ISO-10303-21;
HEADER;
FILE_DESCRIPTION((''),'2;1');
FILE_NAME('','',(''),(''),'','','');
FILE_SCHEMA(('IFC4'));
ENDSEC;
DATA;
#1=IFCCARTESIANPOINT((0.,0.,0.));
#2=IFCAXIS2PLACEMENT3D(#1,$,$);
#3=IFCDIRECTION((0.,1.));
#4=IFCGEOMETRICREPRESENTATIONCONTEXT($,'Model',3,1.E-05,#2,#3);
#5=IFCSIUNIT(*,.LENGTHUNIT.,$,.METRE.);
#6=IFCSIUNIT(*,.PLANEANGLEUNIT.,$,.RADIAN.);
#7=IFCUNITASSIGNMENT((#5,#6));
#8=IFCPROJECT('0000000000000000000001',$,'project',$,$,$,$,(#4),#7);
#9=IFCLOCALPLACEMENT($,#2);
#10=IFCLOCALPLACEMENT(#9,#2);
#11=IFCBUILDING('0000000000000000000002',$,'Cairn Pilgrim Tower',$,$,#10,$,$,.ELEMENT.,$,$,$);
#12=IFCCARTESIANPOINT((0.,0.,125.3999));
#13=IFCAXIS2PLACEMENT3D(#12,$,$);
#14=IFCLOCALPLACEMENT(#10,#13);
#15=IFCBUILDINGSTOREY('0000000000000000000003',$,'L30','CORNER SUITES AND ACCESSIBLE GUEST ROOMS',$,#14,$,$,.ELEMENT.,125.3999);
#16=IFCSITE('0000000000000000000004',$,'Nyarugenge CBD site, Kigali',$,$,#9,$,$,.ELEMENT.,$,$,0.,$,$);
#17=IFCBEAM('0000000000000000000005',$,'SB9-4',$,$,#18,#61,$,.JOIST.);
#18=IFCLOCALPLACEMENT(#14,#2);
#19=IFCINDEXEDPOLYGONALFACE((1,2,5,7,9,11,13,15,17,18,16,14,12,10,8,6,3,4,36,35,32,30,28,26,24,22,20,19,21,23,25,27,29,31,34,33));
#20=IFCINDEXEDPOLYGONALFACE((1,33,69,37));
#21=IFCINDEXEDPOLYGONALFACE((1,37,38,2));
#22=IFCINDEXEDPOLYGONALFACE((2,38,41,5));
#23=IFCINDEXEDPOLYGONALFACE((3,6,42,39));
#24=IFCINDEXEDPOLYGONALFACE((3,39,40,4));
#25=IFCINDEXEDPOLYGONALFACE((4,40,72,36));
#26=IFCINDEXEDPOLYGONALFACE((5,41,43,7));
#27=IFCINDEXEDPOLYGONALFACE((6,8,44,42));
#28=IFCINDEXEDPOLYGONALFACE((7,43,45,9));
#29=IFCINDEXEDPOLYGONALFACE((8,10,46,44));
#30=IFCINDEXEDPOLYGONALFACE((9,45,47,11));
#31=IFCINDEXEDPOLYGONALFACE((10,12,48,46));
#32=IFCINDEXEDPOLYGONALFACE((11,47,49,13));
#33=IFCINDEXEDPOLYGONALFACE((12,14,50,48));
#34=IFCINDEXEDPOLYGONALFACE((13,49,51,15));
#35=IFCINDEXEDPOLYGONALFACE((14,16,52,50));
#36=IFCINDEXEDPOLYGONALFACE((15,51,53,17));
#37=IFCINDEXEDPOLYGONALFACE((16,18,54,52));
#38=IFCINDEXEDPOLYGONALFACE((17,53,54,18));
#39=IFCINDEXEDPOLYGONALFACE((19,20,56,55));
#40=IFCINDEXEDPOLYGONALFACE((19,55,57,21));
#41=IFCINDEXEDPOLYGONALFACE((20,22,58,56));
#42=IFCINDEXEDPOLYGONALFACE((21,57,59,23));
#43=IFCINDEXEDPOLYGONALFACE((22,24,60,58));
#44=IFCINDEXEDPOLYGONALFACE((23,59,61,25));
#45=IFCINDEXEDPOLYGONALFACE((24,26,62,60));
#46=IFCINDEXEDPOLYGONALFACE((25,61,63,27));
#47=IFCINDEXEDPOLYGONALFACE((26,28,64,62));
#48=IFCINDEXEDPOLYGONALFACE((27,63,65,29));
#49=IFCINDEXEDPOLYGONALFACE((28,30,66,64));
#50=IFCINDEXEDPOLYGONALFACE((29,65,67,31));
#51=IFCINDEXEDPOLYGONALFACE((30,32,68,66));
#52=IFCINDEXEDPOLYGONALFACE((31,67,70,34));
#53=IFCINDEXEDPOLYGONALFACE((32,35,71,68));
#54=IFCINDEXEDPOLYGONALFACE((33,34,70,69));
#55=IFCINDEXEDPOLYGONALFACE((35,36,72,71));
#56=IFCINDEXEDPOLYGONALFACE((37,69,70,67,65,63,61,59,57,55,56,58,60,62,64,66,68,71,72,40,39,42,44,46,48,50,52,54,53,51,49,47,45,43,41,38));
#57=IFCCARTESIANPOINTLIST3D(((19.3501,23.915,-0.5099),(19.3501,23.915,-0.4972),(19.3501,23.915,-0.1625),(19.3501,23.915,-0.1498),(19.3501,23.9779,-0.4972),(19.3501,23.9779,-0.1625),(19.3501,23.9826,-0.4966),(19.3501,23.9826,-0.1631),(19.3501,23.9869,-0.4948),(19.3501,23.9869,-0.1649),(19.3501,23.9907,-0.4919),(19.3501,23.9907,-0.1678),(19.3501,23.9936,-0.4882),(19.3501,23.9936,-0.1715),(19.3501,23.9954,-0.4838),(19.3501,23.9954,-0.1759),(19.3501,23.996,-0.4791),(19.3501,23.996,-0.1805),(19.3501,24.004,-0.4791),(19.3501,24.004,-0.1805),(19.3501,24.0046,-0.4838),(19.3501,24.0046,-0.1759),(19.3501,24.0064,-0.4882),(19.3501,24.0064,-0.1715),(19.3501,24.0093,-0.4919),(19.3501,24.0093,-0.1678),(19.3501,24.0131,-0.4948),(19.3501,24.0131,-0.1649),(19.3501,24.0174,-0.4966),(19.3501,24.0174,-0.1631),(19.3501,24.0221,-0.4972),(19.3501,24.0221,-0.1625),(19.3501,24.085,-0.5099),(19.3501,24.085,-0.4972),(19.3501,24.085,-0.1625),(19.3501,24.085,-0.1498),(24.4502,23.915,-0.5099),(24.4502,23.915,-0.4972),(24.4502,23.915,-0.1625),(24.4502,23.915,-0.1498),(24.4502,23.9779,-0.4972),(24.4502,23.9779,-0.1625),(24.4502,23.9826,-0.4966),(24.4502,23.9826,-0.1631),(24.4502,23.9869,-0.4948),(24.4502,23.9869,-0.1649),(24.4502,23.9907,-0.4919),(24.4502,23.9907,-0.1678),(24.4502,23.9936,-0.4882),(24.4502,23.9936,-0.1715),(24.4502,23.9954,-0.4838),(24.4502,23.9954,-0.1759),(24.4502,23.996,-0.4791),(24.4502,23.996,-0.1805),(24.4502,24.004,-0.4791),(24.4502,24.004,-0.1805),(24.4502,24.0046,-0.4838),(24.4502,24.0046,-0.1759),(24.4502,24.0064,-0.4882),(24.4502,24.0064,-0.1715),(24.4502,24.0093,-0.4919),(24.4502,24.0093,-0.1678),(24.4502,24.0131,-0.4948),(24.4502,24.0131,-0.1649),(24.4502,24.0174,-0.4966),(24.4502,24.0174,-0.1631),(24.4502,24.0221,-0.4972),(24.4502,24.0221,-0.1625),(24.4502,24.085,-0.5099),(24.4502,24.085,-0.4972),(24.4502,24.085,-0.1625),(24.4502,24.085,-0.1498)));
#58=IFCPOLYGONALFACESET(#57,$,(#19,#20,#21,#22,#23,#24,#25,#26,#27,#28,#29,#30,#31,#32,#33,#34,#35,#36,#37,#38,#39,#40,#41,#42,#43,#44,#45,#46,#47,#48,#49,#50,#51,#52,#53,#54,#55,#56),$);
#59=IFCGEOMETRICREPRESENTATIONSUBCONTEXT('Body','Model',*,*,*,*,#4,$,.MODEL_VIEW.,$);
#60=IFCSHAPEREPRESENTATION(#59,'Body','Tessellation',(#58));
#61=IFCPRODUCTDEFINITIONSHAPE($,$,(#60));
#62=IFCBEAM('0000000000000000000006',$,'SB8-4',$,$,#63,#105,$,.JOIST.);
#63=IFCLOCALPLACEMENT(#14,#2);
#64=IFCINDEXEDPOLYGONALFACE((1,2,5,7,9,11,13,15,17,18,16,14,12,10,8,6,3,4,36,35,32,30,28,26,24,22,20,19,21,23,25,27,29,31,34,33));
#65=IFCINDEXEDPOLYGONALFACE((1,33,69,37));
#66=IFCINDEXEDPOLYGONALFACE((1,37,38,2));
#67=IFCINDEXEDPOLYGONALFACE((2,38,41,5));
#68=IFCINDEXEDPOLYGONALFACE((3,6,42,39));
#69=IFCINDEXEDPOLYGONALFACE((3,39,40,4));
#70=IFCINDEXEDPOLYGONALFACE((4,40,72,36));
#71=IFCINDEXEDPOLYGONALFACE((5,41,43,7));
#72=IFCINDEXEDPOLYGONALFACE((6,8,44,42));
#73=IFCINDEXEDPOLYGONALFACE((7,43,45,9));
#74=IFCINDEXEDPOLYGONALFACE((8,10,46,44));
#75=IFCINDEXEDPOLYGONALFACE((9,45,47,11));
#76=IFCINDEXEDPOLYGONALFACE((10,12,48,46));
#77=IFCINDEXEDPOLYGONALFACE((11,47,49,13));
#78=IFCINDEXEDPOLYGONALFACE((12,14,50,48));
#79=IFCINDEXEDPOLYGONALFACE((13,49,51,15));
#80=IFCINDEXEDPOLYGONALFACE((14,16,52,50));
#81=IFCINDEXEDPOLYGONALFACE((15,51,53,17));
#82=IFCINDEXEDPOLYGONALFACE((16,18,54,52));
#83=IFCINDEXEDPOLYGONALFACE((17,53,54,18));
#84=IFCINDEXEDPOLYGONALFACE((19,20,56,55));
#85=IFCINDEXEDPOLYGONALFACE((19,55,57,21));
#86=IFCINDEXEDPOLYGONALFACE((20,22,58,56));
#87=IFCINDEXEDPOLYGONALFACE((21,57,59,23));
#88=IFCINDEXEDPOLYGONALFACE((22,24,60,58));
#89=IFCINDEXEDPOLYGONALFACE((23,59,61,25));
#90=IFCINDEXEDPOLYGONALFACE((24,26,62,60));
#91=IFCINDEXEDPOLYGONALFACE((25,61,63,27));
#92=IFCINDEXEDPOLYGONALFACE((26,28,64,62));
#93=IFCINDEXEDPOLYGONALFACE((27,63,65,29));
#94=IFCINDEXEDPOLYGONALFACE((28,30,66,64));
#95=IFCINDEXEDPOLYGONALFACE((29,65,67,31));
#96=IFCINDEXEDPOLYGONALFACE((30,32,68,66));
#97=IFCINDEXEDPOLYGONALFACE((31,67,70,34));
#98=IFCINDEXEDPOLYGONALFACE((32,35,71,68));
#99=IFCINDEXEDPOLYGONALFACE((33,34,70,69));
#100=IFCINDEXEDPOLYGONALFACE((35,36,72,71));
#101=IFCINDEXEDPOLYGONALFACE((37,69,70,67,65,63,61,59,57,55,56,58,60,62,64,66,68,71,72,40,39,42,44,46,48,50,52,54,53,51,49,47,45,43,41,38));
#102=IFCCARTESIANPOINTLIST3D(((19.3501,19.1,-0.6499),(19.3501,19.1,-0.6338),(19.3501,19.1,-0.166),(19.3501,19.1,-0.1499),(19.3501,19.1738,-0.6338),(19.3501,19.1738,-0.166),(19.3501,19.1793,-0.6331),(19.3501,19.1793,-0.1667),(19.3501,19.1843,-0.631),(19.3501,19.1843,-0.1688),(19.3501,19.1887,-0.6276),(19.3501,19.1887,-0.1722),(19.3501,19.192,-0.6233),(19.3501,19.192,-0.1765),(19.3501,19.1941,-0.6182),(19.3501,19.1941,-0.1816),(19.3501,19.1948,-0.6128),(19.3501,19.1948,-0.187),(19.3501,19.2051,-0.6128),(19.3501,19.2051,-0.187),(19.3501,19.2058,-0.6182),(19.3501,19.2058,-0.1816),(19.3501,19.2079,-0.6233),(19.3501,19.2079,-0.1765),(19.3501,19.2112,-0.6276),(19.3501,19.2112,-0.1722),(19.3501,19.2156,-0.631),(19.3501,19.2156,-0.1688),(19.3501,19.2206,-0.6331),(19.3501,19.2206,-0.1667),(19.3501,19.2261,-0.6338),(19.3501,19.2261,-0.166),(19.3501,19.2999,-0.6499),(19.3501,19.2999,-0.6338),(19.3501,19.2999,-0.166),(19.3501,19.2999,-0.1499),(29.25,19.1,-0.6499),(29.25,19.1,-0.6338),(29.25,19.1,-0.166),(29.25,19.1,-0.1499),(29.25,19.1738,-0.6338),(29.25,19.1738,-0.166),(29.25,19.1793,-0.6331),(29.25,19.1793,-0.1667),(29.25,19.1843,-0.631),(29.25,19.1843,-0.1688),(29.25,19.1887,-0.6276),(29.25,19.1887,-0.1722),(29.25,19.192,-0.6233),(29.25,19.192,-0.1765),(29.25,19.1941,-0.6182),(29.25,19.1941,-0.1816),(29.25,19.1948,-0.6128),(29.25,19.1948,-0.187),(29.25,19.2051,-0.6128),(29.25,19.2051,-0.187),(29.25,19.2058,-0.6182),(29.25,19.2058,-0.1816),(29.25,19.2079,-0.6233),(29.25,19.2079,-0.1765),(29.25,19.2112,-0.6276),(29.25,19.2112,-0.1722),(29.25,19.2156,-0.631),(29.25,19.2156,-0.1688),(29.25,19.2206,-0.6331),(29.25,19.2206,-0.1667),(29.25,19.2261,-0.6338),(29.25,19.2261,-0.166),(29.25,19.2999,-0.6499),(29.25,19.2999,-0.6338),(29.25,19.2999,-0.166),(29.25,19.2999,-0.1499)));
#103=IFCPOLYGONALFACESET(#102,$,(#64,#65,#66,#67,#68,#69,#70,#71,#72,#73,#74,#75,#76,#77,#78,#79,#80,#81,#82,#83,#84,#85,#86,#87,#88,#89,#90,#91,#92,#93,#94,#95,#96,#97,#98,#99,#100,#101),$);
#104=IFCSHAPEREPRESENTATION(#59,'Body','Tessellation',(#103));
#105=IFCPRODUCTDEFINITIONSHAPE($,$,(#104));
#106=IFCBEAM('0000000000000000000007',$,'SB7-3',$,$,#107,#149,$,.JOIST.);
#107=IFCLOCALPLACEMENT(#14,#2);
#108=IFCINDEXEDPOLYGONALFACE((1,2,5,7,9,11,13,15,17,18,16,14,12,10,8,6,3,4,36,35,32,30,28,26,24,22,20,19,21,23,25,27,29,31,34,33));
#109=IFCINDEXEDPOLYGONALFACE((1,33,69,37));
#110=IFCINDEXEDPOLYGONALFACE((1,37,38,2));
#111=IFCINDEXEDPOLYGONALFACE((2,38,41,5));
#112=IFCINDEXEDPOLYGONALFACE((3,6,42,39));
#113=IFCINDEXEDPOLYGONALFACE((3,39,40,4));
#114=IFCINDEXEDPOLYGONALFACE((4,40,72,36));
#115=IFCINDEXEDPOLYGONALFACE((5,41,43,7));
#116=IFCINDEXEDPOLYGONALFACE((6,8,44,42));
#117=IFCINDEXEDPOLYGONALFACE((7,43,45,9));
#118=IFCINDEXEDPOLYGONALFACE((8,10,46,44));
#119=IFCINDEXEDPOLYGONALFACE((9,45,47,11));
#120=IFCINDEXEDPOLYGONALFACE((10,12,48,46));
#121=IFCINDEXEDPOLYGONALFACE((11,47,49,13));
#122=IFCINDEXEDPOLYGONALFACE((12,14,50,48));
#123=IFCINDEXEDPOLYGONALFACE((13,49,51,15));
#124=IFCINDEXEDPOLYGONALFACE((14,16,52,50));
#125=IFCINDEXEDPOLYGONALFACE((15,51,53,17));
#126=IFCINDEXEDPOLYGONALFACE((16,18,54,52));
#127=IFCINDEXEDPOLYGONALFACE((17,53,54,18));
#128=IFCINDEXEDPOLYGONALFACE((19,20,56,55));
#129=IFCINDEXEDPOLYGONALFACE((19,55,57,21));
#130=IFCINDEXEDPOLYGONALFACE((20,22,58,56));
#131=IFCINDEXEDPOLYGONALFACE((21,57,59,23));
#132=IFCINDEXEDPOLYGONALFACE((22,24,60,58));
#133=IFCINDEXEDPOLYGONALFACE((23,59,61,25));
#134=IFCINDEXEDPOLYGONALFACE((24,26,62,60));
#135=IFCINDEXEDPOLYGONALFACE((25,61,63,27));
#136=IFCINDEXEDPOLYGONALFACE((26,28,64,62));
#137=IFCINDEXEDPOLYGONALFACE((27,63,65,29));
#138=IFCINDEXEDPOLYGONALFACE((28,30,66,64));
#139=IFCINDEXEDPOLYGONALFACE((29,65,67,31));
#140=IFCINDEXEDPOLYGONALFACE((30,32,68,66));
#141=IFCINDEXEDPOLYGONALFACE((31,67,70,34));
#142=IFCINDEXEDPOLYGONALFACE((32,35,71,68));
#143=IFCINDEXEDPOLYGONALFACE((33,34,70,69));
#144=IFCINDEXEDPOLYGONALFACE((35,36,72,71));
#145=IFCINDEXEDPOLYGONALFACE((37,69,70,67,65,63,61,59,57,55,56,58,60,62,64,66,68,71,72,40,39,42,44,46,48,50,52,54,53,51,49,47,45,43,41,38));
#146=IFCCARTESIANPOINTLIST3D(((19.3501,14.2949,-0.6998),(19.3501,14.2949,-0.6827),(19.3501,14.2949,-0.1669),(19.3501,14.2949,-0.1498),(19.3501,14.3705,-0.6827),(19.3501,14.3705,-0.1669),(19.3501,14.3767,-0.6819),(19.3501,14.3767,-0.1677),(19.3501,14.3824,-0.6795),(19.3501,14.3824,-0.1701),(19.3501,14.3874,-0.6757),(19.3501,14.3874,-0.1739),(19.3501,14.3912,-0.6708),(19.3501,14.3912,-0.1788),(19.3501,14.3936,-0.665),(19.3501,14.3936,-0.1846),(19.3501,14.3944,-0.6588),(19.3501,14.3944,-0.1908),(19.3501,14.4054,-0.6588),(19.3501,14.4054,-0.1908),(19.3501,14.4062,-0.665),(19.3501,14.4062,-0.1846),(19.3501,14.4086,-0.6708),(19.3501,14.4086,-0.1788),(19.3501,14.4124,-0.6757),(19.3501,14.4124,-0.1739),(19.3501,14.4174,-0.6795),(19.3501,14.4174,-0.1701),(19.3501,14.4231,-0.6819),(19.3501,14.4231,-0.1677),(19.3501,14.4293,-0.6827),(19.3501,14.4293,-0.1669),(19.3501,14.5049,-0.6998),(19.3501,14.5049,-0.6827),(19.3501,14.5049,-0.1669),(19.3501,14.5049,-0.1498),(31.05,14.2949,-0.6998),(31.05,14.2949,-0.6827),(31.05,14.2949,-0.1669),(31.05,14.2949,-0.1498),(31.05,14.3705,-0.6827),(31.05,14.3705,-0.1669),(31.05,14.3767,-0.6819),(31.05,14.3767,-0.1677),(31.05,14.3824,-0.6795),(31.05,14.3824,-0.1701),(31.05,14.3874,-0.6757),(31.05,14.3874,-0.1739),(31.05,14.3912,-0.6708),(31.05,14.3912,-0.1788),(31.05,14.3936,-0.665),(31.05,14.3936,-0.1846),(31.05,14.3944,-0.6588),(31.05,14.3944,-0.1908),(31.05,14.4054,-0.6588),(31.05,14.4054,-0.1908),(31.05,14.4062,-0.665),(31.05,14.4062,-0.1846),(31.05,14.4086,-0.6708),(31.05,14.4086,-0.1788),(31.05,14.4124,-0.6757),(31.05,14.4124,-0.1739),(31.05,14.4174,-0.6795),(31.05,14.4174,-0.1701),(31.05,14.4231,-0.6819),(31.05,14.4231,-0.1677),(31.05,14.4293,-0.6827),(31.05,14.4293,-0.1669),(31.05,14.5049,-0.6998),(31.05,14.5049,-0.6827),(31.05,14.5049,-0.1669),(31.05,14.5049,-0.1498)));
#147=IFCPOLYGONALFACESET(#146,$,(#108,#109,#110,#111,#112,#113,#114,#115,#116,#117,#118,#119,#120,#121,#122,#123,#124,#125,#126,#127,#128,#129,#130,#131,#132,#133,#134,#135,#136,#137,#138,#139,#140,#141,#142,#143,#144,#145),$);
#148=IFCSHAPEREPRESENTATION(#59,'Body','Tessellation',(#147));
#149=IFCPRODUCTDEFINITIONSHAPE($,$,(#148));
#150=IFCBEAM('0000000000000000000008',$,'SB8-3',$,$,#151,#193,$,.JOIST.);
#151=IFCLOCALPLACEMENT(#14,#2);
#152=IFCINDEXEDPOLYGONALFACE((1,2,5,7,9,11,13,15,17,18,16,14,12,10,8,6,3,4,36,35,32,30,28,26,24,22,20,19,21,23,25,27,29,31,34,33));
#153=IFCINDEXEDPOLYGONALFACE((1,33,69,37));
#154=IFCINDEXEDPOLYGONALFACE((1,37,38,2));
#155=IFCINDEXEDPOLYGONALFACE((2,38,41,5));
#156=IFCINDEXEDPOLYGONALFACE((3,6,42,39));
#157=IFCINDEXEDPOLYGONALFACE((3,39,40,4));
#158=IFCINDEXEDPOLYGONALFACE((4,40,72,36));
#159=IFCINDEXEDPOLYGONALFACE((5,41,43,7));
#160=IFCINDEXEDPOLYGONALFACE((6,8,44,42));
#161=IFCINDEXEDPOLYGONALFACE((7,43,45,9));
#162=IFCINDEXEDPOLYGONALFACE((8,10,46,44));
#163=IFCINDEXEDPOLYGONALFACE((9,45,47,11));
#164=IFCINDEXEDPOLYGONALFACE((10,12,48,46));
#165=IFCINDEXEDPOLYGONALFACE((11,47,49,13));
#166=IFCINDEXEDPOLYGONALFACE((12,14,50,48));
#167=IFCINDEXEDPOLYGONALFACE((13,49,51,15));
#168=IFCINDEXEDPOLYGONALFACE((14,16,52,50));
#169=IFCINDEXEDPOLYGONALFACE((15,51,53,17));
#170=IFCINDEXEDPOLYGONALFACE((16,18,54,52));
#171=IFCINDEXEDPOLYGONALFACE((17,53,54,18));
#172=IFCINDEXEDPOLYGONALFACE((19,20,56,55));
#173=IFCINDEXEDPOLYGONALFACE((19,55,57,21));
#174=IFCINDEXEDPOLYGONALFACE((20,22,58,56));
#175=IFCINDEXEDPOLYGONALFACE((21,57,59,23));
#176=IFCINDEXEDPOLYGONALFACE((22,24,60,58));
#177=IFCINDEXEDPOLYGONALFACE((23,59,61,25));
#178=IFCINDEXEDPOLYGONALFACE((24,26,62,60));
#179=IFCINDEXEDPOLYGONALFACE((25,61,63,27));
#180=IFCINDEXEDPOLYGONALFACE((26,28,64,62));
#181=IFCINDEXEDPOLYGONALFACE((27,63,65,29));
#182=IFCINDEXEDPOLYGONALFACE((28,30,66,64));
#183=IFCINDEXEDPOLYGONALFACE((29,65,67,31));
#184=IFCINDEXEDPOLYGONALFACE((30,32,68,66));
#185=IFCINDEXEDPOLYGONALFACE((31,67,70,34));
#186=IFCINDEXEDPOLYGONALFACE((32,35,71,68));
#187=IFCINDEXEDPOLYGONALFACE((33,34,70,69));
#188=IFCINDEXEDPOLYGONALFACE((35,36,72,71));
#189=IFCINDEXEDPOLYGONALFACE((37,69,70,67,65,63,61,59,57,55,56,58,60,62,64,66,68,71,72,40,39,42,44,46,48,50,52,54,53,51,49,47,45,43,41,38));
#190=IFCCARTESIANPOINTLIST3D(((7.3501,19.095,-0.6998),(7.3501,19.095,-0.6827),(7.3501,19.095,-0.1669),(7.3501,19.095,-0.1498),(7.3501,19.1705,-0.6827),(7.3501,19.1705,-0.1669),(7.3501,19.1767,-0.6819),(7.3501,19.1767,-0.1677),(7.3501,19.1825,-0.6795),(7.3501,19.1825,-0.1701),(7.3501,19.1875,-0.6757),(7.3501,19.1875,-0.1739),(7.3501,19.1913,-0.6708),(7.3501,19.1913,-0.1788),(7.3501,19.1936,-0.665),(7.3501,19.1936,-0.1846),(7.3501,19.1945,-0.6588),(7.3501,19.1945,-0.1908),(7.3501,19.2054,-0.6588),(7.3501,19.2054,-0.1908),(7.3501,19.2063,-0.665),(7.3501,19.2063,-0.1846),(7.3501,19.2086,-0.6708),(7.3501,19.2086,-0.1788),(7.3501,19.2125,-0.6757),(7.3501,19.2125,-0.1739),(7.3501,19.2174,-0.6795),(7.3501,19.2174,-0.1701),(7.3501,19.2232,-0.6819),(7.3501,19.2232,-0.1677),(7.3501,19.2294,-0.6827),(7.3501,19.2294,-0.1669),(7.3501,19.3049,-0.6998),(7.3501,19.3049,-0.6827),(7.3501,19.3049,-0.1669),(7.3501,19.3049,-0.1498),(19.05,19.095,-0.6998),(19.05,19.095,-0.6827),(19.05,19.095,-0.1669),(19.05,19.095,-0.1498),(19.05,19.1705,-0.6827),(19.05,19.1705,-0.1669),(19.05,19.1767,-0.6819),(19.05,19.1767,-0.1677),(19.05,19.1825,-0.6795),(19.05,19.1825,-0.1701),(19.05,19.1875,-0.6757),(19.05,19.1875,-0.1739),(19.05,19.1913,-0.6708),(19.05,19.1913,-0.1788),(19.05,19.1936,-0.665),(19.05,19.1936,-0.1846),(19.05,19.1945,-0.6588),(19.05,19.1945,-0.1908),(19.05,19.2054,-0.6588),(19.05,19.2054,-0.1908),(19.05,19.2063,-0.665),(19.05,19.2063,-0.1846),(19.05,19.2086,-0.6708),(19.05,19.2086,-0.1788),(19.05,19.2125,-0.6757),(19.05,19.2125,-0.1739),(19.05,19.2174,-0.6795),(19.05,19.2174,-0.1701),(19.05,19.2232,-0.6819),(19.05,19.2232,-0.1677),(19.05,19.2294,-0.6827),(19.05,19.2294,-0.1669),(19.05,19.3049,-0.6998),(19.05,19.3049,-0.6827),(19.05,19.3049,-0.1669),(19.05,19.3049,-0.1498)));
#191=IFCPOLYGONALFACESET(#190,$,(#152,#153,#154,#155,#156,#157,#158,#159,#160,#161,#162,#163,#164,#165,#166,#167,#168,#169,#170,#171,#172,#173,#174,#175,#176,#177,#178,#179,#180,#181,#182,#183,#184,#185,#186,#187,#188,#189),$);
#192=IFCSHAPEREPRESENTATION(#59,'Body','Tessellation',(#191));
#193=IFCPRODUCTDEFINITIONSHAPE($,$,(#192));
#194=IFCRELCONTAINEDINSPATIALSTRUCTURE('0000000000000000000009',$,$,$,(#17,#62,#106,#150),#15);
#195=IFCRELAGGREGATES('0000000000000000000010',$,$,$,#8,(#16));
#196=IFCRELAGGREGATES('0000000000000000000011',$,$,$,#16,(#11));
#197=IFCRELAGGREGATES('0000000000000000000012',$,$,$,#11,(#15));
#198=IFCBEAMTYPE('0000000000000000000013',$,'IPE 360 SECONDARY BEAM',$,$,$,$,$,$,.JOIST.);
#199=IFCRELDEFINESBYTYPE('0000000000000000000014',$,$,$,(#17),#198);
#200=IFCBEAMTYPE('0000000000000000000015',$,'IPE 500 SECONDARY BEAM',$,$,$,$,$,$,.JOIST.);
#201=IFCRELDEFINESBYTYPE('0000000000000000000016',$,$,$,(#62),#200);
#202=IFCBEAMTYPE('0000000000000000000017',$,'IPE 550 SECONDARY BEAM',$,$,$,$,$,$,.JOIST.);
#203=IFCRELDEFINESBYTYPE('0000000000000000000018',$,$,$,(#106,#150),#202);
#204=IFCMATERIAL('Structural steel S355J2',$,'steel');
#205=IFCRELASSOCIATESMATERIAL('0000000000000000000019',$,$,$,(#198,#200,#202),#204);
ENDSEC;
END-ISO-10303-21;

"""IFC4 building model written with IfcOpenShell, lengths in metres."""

from ifc_helpers import new_model, si_unit, direction, frame, origin, origin_2d, place, context, subcontext, project, spatial, i_section, extrude, material, material_profile, profile_set, type_object, element, save


model = new_model("IFC4")

# Units and contexts
model_context = context("Model", 3, precision=1e-05, world=origin(), true_north=direction((0.0, 1.0)))
body_context = subcontext(model_context, "Body", "Model", "MODEL_VIEW")
ifc_project = project(units=[si_unit("LENGTHUNIT", "METRE"), si_unit("PLANEANGLEUNIT", "RADIAN")], contexts=[model_context])

# Site, building, storey
site_placement = place(None, origin())
site = spatial("IfcSite", under=ifc_project, at=site_placement, Name="Nyarugenge CBD site, Kigali", CompositionType="ELEMENT", RefElevation=0.0)
building_placement = place(site_placement, origin())
building = spatial("IfcBuilding", under=site, at=building_placement, Name="Cairn Pilgrim Tower", CompositionType="ELEMENT")
storey_placement = place(building_placement, frame((0.0, 0.0, 125.3999)))
storey = spatial("IfcBuildingStorey", under=building, at=storey_placement, Name="L30", Description="CORNER SUITES AND ACCESSIBLE GUEST ROOMS", CompositionType="ELEMENT", Elevation=125.3999)

# Beams
ifc_material_1 = material(Name="Structural steel S355J2", Category="steel")
ifc_material_profile_1 = material_profile(ifc_material_1, i_section(OverallWidth=0.1699, OverallDepth=0.3601, WebThickness=0.0081, FlangeThickness=0.0127, FilletRadius=0.0181, at=origin_2d()), Name="IPE 360")
ifc_profile_set_1 = profile_set([ifc_material_profile_1], Name="Structural steel S355J2")
beam_type_1 = type_object("IfcBeamType", Name="IPE 360 SECONDARY BEAM", PredefinedType="JOIST", material=ifc_profile_set_1)
beam_1_placement = place(storey_placement, frame((19.3501, 24.0, -0.3298), z_axis=(1.0, 0.0, 0.0), x_axis=(0.0, 1.0, 0.0)))
element("IfcBeam", 1, at=beam_1_placement, inside=storey, type_object=beam_type_1, Name="SB9-4", PredefinedType="JOIST", context=body_context, shape_type="SweptSolid", body=[
    extrude(i_section(OverallWidth=0.1699, OverallDepth=0.3601, WebThickness=0.0081, FlangeThickness=0.0127, FilletRadius=0.0181, at=origin_2d()), origin(), (0.0, 0.0, 1.0), 5.1001),
])
ifc_material_profile_2 = material_profile(ifc_material_1, i_section(OverallWidth=0.2, OverallDepth=0.5, WebThickness=0.0103, FlangeThickness=0.0161, FilletRadius=0.021, at=origin_2d()), Name="IPE 500")
ifc_profile_set_2 = profile_set([ifc_material_profile_2], Name="Structural steel S355J2")
beam_type_2 = type_object("IfcBeamType", Name="IPE 500 SECONDARY BEAM", PredefinedType="JOIST", material=ifc_profile_set_2)
beam_2_placement = place(storey_placement, frame((19.3501, 19.2, -0.3999), z_axis=(1.0, 0.0, 0.0), x_axis=(0.0, 1.0, 0.0)))
element("IfcBeam", 2, at=beam_2_placement, inside=storey, type_object=beam_type_2, Name="SB8-4", PredefinedType="JOIST", context=body_context, shape_type="SweptSolid", body=[
    extrude(i_section(OverallWidth=0.2, OverallDepth=0.5, WebThickness=0.0103, FlangeThickness=0.0161, FilletRadius=0.021, at=origin_2d()), origin(), (0.0, 0.0, 1.0), 9.8999),
])
ifc_material_profile_3 = material_profile(ifc_material_1, i_section(OverallWidth=0.21, OverallDepth=0.55, WebThickness=0.011, FlangeThickness=0.0171, FilletRadius=0.0239, at=origin_2d()), Name="IPE 550")
ifc_profile_set_3 = profile_set([ifc_material_profile_3], Name="Structural steel S355J2")
beam_type_3 = type_object("IfcBeamType", Name="IPE 550 SECONDARY BEAM", PredefinedType="JOIST", material=ifc_profile_set_3)
for number, where, z_axis, x_axis, name in (
    (3, (19.3501, 14.3999, -0.4248), (1.0, 0.0, 0.0), (0.0, 1.0, 0.0), "SB7-3"),
    (4, (7.3501, 19.2, -0.4248), (1.0, 0.0, 0.0), (0.0, 1.0, 0.0), "SB8-3"),
):
    element("IfcBeam", number, at=place(storey_placement, frame(where, z_axis=z_axis, x_axis=x_axis)), inside=storey, type_object=beam_type_3, Name=name, PredefinedType="JOIST", context=body_context, shape_type="SweptSolid", body=[
        extrude(i_section(OverallWidth=0.21, OverallDepth=0.55, WebThickness=0.011, FlangeThickness=0.0171, FilletRadius=0.0239, at=origin_2d()), origin(), (0.0, 0.0, 1.0), 11.7),
    ])

save(model, "model.ifc")
